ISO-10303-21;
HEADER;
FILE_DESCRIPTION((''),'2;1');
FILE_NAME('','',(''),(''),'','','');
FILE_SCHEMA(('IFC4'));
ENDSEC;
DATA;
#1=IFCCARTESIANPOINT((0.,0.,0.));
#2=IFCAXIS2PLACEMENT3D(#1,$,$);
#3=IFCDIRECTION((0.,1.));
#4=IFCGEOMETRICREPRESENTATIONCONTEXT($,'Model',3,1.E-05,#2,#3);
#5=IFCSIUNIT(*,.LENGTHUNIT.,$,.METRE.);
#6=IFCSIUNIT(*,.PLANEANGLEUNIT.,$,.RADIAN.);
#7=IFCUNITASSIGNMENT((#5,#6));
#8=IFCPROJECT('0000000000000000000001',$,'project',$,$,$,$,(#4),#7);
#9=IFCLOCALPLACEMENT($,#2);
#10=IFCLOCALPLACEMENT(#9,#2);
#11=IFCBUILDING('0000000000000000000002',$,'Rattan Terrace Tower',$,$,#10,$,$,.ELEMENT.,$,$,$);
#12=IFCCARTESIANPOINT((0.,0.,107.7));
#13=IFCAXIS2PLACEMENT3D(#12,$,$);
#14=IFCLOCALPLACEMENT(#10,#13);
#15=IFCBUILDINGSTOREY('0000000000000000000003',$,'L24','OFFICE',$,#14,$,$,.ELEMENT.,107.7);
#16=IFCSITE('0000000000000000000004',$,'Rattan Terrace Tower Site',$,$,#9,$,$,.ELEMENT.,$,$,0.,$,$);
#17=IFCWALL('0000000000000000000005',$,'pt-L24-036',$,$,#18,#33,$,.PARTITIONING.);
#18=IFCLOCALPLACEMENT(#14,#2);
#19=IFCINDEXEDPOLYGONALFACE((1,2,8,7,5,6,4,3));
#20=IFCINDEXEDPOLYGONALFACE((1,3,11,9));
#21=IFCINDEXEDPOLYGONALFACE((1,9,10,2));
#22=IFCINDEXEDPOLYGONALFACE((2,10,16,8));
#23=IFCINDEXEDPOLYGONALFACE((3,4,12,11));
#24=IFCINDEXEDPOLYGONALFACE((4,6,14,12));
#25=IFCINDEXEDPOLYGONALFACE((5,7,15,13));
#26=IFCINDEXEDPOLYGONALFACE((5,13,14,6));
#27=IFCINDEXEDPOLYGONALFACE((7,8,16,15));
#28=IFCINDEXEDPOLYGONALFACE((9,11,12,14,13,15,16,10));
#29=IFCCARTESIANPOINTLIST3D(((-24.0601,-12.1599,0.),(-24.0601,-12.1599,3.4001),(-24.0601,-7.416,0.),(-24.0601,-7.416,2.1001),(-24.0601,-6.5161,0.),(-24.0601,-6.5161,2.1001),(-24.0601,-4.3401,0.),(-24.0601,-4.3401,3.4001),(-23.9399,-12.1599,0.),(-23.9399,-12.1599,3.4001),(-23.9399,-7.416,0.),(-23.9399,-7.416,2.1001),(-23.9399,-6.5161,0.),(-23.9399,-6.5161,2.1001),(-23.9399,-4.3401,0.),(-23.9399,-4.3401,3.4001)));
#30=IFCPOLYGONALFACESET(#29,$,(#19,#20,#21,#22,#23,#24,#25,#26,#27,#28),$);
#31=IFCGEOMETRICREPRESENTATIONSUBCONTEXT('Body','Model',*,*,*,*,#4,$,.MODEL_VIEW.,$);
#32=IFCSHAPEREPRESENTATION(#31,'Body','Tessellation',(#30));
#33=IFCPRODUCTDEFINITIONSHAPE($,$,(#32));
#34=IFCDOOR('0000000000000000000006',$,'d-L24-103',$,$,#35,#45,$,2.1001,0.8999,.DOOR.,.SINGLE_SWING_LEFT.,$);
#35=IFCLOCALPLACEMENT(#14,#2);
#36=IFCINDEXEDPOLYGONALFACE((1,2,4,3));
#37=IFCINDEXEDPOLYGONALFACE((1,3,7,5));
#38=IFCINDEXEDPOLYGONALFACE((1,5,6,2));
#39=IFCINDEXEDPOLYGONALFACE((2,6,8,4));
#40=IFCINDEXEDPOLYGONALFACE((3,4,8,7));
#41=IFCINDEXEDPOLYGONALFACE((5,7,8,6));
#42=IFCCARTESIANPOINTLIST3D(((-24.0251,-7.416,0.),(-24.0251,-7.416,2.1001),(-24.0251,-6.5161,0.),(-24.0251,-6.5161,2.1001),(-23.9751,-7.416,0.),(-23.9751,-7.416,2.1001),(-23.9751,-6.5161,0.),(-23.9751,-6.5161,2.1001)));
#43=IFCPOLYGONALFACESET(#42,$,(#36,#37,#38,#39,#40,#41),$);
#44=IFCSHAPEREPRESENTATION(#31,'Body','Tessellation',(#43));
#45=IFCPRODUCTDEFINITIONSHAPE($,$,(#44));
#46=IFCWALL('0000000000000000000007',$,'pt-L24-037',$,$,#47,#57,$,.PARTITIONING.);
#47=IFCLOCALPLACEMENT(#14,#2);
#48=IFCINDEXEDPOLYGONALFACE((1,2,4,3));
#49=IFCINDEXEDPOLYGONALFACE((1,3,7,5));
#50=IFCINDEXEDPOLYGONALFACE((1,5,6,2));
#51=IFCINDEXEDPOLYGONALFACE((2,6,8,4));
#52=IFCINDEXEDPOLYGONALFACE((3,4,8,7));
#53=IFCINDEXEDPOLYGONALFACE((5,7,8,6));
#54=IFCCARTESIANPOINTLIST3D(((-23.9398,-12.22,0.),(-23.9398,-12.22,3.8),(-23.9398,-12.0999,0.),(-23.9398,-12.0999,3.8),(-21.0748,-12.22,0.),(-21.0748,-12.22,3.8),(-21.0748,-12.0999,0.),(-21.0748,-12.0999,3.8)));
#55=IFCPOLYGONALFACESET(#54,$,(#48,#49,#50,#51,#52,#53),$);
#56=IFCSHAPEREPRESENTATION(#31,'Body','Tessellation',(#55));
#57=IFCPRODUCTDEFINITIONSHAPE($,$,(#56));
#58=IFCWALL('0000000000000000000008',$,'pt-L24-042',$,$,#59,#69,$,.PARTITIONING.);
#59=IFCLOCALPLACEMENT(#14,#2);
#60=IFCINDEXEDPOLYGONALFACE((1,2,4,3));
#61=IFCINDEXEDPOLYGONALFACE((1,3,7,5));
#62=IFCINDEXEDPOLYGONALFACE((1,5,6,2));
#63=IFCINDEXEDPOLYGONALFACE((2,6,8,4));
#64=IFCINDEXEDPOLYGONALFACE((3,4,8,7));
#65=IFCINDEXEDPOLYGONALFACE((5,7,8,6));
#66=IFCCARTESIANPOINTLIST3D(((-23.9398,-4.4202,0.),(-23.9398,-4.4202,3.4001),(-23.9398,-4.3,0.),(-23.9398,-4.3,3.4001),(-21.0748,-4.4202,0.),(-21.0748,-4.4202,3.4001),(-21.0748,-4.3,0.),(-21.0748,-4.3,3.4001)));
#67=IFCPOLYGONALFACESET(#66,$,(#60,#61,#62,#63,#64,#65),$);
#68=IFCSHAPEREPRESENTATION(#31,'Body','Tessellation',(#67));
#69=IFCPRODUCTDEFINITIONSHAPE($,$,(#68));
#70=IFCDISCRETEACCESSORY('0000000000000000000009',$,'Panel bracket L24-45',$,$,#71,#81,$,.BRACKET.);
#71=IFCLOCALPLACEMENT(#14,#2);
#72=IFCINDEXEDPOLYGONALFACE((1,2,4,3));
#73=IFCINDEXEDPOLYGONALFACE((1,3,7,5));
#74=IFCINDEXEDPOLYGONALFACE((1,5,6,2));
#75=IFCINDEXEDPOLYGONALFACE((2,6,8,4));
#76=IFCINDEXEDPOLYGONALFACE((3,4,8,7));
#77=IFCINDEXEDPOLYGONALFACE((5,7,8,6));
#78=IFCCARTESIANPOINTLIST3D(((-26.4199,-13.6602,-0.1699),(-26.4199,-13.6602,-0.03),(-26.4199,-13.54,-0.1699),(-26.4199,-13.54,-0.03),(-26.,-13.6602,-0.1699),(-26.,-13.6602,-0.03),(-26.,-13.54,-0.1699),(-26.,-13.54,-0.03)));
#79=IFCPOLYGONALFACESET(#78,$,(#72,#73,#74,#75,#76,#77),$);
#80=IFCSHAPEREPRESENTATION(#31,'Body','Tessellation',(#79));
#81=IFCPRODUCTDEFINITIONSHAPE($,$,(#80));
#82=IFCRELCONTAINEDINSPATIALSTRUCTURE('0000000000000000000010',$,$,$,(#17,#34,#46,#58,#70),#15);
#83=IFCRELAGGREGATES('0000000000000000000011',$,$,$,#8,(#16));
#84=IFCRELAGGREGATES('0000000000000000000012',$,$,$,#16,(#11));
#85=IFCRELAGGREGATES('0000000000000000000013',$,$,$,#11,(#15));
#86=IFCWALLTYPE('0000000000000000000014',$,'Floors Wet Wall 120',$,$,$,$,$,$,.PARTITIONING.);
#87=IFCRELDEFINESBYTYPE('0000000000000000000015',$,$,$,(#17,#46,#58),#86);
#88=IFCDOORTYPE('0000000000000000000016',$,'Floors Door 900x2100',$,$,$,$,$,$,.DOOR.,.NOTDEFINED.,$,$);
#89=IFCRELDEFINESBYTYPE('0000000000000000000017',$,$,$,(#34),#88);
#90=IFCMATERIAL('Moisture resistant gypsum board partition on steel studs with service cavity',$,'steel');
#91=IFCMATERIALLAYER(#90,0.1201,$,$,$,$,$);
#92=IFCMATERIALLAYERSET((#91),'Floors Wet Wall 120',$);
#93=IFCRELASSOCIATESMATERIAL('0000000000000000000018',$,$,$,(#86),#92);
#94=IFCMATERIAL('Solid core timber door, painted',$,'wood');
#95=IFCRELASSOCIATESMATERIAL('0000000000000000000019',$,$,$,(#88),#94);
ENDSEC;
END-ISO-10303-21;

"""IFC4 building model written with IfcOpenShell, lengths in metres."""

from ifc_helpers import new_model, si_unit, direction, frame, frame_2d, origin, origin_2d, place, context, subcontext, project, spatial, rectangle, extrude, material, layer, layer_set, type_object, element, fill, save


model = new_model("IFC4")

# Units and contexts
model_context = context("Model", 3, precision=1e-05, world=origin(), true_north=direction((0.0, 1.0)))
body_context = subcontext(model_context, "Body", "Model", "MODEL_VIEW")
ifc_project = project(units=[si_unit("LENGTHUNIT", "METRE"), si_unit("PLANEANGLEUNIT", "RADIAN")], contexts=[model_context])

# Site, building, storey
site_placement = place(None, origin())
site = spatial("IfcSite", under=ifc_project, at=site_placement, Name="Rattan Terrace Tower Site", CompositionType="ELEMENT", RefElevation=0.0)
building_placement = place(site_placement, origin())
building = spatial("IfcBuilding", under=site, at=building_placement, Name="Rattan Terrace Tower", CompositionType="ELEMENT")
storey_placement = place(building_placement, frame((0.0, 0.0, 107.7)))
storey = spatial("IfcBuildingStorey", under=building, at=storey_placement, Name="L24", Description="OFFICE", CompositionType="ELEMENT", Elevation=107.7)

# Wall, opening, door
ifc_material_1 = material(Name="Moisture resistant gypsum board partition on steel studs with service cavity", Category="steel")
ifc_layer_1 = layer(ifc_material_1, 0.1201)
ifc_layer_set_1 = layer_set([ifc_layer_1], Name="Floors Wet Wall 120")
wall_type_1 = type_object("IfcWallType", Name="Floors Wet Wall 120", PredefinedType="PARTITIONING", material=ifc_layer_set_1)
wall_1_placement = place(storey_placement, frame((-24.0, -4.3401, 0.0), z_axis=(0.0, 0.0, 1.0), x_axis=(0.0, -1.0, 0.0)))
wall_1 = element("IfcWall", 1, at=wall_1_placement, inside=storey, type_object=wall_type_1, Name="pt-L24-036", PredefinedType="PARTITIONING", context=body_context, shape_type="SweptSolid", body=[
    extrude(rectangle(XDim=7.8198, YDim=0.1201, at=frame_2d((3.9099, 0.0))), origin(), (0.0, 0.0, 1.0), 3.4001),
])
opening_1_placement = place(wall_1_placement, frame((2.176, 0.0, 0.0)))
opening_1 = element("IfcOpeningElement", 2, at=opening_1_placement, cuts=wall_1, PredefinedType="OPENING", context=body_context, shape_type="SweptSolid", body=[
    extrude(rectangle(XDim=0.8999, YDim=2.1001, at=frame_2d((0.45, 1.05))), frame((0.0, 0.0706, 0.0), z_axis=(0.0, -1.0, 0.0), x_axis=(1.0, 0.0, 0.0)), (0.0, 0.0, 1.0), 0.1411),
])
ifc_material_2 = material(Name="Solid core timber door, painted", Category="wood")
door_type_1 = type_object("IfcDoorType", Name="Floors Door 900x2100", OperationType="NOTDEFINED", PredefinedType="DOOR", material=ifc_material_2)
door_1_placement = place(opening_1_placement, origin())
door_1 = element("IfcDoor", 3, at=door_1_placement, inside=storey, type_object=door_type_1, Name="d-L24-103", OperationType="SINGLE_SWING_LEFT", OverallHeight=2.1001, OverallWidth=0.8999, PredefinedType="DOOR", context=body_context, shape_type="SweptSolid", body=[
    extrude(rectangle(XDim=0.8999, YDim=2.1001, at=frame_2d((0.45, 1.05))), frame((0.0, 0.0249, 0.0), z_axis=(0.0, -1.0, 0.0), x_axis=(1.0, 0.0, 0.0)), (0.0, 0.0, 1.0), 0.05),
])
fill(opening_1, door_1)

# Walls
wall_2_placement = place(storey_placement, frame((-23.9399, -12.1599, 0.0), z_axis=(0.0, 0.0, 1.0), x_axis=(1.0, 0.0, 0.0)))
element("IfcWall", 4, at=wall_2_placement, inside=storey, type_object=wall_type_1, Name="pt-L24-037", PredefinedType="PARTITIONING", context=body_context, shape_type="SweptSolid", body=[
    extrude(rectangle(XDim=2.865, YDim=0.1201, at=frame_2d((1.4326, 0.0))), origin(), (0.0, 0.0, 1.0), 3.8),
])
wall_3_placement = place(storey_placement, frame((-23.9399, -4.3601, 0.0), z_axis=(0.0, 0.0, 1.0), x_axis=(1.0, 0.0, 0.0)))
element("IfcWall", 5, at=wall_3_placement, inside=storey, type_object=wall_type_1, Name="pt-L24-042", PredefinedType="PARTITIONING", context=body_context, shape_type="SweptSolid", body=[
    extrude(rectangle(XDim=2.865, YDim=0.1201, at=frame_2d((1.4326, 0.0))), origin(), (0.0, 0.0, 1.0), 3.4001),
])

# Discrete accessory
discrete_accessory_placement = place(storey_placement, frame((-26.21, -13.6001, -0.1699), z_axis=(0.0, 0.0, 1.0), x_axis=(0.0, -1.0, 0.0)))
element("IfcDiscreteAccessory", 6, at=discrete_accessory_placement, inside=storey, Name="Panel bracket L24-45", PredefinedType="BRACKET", context=body_context, shape_type="SweptSolid", body=[
    extrude(rectangle(XDim=0.1201, YDim=0.4199, at=origin_2d()), origin(), (0.0, 0.0, 1.0), 0.1399),
])

save(model, "model.ifc")
